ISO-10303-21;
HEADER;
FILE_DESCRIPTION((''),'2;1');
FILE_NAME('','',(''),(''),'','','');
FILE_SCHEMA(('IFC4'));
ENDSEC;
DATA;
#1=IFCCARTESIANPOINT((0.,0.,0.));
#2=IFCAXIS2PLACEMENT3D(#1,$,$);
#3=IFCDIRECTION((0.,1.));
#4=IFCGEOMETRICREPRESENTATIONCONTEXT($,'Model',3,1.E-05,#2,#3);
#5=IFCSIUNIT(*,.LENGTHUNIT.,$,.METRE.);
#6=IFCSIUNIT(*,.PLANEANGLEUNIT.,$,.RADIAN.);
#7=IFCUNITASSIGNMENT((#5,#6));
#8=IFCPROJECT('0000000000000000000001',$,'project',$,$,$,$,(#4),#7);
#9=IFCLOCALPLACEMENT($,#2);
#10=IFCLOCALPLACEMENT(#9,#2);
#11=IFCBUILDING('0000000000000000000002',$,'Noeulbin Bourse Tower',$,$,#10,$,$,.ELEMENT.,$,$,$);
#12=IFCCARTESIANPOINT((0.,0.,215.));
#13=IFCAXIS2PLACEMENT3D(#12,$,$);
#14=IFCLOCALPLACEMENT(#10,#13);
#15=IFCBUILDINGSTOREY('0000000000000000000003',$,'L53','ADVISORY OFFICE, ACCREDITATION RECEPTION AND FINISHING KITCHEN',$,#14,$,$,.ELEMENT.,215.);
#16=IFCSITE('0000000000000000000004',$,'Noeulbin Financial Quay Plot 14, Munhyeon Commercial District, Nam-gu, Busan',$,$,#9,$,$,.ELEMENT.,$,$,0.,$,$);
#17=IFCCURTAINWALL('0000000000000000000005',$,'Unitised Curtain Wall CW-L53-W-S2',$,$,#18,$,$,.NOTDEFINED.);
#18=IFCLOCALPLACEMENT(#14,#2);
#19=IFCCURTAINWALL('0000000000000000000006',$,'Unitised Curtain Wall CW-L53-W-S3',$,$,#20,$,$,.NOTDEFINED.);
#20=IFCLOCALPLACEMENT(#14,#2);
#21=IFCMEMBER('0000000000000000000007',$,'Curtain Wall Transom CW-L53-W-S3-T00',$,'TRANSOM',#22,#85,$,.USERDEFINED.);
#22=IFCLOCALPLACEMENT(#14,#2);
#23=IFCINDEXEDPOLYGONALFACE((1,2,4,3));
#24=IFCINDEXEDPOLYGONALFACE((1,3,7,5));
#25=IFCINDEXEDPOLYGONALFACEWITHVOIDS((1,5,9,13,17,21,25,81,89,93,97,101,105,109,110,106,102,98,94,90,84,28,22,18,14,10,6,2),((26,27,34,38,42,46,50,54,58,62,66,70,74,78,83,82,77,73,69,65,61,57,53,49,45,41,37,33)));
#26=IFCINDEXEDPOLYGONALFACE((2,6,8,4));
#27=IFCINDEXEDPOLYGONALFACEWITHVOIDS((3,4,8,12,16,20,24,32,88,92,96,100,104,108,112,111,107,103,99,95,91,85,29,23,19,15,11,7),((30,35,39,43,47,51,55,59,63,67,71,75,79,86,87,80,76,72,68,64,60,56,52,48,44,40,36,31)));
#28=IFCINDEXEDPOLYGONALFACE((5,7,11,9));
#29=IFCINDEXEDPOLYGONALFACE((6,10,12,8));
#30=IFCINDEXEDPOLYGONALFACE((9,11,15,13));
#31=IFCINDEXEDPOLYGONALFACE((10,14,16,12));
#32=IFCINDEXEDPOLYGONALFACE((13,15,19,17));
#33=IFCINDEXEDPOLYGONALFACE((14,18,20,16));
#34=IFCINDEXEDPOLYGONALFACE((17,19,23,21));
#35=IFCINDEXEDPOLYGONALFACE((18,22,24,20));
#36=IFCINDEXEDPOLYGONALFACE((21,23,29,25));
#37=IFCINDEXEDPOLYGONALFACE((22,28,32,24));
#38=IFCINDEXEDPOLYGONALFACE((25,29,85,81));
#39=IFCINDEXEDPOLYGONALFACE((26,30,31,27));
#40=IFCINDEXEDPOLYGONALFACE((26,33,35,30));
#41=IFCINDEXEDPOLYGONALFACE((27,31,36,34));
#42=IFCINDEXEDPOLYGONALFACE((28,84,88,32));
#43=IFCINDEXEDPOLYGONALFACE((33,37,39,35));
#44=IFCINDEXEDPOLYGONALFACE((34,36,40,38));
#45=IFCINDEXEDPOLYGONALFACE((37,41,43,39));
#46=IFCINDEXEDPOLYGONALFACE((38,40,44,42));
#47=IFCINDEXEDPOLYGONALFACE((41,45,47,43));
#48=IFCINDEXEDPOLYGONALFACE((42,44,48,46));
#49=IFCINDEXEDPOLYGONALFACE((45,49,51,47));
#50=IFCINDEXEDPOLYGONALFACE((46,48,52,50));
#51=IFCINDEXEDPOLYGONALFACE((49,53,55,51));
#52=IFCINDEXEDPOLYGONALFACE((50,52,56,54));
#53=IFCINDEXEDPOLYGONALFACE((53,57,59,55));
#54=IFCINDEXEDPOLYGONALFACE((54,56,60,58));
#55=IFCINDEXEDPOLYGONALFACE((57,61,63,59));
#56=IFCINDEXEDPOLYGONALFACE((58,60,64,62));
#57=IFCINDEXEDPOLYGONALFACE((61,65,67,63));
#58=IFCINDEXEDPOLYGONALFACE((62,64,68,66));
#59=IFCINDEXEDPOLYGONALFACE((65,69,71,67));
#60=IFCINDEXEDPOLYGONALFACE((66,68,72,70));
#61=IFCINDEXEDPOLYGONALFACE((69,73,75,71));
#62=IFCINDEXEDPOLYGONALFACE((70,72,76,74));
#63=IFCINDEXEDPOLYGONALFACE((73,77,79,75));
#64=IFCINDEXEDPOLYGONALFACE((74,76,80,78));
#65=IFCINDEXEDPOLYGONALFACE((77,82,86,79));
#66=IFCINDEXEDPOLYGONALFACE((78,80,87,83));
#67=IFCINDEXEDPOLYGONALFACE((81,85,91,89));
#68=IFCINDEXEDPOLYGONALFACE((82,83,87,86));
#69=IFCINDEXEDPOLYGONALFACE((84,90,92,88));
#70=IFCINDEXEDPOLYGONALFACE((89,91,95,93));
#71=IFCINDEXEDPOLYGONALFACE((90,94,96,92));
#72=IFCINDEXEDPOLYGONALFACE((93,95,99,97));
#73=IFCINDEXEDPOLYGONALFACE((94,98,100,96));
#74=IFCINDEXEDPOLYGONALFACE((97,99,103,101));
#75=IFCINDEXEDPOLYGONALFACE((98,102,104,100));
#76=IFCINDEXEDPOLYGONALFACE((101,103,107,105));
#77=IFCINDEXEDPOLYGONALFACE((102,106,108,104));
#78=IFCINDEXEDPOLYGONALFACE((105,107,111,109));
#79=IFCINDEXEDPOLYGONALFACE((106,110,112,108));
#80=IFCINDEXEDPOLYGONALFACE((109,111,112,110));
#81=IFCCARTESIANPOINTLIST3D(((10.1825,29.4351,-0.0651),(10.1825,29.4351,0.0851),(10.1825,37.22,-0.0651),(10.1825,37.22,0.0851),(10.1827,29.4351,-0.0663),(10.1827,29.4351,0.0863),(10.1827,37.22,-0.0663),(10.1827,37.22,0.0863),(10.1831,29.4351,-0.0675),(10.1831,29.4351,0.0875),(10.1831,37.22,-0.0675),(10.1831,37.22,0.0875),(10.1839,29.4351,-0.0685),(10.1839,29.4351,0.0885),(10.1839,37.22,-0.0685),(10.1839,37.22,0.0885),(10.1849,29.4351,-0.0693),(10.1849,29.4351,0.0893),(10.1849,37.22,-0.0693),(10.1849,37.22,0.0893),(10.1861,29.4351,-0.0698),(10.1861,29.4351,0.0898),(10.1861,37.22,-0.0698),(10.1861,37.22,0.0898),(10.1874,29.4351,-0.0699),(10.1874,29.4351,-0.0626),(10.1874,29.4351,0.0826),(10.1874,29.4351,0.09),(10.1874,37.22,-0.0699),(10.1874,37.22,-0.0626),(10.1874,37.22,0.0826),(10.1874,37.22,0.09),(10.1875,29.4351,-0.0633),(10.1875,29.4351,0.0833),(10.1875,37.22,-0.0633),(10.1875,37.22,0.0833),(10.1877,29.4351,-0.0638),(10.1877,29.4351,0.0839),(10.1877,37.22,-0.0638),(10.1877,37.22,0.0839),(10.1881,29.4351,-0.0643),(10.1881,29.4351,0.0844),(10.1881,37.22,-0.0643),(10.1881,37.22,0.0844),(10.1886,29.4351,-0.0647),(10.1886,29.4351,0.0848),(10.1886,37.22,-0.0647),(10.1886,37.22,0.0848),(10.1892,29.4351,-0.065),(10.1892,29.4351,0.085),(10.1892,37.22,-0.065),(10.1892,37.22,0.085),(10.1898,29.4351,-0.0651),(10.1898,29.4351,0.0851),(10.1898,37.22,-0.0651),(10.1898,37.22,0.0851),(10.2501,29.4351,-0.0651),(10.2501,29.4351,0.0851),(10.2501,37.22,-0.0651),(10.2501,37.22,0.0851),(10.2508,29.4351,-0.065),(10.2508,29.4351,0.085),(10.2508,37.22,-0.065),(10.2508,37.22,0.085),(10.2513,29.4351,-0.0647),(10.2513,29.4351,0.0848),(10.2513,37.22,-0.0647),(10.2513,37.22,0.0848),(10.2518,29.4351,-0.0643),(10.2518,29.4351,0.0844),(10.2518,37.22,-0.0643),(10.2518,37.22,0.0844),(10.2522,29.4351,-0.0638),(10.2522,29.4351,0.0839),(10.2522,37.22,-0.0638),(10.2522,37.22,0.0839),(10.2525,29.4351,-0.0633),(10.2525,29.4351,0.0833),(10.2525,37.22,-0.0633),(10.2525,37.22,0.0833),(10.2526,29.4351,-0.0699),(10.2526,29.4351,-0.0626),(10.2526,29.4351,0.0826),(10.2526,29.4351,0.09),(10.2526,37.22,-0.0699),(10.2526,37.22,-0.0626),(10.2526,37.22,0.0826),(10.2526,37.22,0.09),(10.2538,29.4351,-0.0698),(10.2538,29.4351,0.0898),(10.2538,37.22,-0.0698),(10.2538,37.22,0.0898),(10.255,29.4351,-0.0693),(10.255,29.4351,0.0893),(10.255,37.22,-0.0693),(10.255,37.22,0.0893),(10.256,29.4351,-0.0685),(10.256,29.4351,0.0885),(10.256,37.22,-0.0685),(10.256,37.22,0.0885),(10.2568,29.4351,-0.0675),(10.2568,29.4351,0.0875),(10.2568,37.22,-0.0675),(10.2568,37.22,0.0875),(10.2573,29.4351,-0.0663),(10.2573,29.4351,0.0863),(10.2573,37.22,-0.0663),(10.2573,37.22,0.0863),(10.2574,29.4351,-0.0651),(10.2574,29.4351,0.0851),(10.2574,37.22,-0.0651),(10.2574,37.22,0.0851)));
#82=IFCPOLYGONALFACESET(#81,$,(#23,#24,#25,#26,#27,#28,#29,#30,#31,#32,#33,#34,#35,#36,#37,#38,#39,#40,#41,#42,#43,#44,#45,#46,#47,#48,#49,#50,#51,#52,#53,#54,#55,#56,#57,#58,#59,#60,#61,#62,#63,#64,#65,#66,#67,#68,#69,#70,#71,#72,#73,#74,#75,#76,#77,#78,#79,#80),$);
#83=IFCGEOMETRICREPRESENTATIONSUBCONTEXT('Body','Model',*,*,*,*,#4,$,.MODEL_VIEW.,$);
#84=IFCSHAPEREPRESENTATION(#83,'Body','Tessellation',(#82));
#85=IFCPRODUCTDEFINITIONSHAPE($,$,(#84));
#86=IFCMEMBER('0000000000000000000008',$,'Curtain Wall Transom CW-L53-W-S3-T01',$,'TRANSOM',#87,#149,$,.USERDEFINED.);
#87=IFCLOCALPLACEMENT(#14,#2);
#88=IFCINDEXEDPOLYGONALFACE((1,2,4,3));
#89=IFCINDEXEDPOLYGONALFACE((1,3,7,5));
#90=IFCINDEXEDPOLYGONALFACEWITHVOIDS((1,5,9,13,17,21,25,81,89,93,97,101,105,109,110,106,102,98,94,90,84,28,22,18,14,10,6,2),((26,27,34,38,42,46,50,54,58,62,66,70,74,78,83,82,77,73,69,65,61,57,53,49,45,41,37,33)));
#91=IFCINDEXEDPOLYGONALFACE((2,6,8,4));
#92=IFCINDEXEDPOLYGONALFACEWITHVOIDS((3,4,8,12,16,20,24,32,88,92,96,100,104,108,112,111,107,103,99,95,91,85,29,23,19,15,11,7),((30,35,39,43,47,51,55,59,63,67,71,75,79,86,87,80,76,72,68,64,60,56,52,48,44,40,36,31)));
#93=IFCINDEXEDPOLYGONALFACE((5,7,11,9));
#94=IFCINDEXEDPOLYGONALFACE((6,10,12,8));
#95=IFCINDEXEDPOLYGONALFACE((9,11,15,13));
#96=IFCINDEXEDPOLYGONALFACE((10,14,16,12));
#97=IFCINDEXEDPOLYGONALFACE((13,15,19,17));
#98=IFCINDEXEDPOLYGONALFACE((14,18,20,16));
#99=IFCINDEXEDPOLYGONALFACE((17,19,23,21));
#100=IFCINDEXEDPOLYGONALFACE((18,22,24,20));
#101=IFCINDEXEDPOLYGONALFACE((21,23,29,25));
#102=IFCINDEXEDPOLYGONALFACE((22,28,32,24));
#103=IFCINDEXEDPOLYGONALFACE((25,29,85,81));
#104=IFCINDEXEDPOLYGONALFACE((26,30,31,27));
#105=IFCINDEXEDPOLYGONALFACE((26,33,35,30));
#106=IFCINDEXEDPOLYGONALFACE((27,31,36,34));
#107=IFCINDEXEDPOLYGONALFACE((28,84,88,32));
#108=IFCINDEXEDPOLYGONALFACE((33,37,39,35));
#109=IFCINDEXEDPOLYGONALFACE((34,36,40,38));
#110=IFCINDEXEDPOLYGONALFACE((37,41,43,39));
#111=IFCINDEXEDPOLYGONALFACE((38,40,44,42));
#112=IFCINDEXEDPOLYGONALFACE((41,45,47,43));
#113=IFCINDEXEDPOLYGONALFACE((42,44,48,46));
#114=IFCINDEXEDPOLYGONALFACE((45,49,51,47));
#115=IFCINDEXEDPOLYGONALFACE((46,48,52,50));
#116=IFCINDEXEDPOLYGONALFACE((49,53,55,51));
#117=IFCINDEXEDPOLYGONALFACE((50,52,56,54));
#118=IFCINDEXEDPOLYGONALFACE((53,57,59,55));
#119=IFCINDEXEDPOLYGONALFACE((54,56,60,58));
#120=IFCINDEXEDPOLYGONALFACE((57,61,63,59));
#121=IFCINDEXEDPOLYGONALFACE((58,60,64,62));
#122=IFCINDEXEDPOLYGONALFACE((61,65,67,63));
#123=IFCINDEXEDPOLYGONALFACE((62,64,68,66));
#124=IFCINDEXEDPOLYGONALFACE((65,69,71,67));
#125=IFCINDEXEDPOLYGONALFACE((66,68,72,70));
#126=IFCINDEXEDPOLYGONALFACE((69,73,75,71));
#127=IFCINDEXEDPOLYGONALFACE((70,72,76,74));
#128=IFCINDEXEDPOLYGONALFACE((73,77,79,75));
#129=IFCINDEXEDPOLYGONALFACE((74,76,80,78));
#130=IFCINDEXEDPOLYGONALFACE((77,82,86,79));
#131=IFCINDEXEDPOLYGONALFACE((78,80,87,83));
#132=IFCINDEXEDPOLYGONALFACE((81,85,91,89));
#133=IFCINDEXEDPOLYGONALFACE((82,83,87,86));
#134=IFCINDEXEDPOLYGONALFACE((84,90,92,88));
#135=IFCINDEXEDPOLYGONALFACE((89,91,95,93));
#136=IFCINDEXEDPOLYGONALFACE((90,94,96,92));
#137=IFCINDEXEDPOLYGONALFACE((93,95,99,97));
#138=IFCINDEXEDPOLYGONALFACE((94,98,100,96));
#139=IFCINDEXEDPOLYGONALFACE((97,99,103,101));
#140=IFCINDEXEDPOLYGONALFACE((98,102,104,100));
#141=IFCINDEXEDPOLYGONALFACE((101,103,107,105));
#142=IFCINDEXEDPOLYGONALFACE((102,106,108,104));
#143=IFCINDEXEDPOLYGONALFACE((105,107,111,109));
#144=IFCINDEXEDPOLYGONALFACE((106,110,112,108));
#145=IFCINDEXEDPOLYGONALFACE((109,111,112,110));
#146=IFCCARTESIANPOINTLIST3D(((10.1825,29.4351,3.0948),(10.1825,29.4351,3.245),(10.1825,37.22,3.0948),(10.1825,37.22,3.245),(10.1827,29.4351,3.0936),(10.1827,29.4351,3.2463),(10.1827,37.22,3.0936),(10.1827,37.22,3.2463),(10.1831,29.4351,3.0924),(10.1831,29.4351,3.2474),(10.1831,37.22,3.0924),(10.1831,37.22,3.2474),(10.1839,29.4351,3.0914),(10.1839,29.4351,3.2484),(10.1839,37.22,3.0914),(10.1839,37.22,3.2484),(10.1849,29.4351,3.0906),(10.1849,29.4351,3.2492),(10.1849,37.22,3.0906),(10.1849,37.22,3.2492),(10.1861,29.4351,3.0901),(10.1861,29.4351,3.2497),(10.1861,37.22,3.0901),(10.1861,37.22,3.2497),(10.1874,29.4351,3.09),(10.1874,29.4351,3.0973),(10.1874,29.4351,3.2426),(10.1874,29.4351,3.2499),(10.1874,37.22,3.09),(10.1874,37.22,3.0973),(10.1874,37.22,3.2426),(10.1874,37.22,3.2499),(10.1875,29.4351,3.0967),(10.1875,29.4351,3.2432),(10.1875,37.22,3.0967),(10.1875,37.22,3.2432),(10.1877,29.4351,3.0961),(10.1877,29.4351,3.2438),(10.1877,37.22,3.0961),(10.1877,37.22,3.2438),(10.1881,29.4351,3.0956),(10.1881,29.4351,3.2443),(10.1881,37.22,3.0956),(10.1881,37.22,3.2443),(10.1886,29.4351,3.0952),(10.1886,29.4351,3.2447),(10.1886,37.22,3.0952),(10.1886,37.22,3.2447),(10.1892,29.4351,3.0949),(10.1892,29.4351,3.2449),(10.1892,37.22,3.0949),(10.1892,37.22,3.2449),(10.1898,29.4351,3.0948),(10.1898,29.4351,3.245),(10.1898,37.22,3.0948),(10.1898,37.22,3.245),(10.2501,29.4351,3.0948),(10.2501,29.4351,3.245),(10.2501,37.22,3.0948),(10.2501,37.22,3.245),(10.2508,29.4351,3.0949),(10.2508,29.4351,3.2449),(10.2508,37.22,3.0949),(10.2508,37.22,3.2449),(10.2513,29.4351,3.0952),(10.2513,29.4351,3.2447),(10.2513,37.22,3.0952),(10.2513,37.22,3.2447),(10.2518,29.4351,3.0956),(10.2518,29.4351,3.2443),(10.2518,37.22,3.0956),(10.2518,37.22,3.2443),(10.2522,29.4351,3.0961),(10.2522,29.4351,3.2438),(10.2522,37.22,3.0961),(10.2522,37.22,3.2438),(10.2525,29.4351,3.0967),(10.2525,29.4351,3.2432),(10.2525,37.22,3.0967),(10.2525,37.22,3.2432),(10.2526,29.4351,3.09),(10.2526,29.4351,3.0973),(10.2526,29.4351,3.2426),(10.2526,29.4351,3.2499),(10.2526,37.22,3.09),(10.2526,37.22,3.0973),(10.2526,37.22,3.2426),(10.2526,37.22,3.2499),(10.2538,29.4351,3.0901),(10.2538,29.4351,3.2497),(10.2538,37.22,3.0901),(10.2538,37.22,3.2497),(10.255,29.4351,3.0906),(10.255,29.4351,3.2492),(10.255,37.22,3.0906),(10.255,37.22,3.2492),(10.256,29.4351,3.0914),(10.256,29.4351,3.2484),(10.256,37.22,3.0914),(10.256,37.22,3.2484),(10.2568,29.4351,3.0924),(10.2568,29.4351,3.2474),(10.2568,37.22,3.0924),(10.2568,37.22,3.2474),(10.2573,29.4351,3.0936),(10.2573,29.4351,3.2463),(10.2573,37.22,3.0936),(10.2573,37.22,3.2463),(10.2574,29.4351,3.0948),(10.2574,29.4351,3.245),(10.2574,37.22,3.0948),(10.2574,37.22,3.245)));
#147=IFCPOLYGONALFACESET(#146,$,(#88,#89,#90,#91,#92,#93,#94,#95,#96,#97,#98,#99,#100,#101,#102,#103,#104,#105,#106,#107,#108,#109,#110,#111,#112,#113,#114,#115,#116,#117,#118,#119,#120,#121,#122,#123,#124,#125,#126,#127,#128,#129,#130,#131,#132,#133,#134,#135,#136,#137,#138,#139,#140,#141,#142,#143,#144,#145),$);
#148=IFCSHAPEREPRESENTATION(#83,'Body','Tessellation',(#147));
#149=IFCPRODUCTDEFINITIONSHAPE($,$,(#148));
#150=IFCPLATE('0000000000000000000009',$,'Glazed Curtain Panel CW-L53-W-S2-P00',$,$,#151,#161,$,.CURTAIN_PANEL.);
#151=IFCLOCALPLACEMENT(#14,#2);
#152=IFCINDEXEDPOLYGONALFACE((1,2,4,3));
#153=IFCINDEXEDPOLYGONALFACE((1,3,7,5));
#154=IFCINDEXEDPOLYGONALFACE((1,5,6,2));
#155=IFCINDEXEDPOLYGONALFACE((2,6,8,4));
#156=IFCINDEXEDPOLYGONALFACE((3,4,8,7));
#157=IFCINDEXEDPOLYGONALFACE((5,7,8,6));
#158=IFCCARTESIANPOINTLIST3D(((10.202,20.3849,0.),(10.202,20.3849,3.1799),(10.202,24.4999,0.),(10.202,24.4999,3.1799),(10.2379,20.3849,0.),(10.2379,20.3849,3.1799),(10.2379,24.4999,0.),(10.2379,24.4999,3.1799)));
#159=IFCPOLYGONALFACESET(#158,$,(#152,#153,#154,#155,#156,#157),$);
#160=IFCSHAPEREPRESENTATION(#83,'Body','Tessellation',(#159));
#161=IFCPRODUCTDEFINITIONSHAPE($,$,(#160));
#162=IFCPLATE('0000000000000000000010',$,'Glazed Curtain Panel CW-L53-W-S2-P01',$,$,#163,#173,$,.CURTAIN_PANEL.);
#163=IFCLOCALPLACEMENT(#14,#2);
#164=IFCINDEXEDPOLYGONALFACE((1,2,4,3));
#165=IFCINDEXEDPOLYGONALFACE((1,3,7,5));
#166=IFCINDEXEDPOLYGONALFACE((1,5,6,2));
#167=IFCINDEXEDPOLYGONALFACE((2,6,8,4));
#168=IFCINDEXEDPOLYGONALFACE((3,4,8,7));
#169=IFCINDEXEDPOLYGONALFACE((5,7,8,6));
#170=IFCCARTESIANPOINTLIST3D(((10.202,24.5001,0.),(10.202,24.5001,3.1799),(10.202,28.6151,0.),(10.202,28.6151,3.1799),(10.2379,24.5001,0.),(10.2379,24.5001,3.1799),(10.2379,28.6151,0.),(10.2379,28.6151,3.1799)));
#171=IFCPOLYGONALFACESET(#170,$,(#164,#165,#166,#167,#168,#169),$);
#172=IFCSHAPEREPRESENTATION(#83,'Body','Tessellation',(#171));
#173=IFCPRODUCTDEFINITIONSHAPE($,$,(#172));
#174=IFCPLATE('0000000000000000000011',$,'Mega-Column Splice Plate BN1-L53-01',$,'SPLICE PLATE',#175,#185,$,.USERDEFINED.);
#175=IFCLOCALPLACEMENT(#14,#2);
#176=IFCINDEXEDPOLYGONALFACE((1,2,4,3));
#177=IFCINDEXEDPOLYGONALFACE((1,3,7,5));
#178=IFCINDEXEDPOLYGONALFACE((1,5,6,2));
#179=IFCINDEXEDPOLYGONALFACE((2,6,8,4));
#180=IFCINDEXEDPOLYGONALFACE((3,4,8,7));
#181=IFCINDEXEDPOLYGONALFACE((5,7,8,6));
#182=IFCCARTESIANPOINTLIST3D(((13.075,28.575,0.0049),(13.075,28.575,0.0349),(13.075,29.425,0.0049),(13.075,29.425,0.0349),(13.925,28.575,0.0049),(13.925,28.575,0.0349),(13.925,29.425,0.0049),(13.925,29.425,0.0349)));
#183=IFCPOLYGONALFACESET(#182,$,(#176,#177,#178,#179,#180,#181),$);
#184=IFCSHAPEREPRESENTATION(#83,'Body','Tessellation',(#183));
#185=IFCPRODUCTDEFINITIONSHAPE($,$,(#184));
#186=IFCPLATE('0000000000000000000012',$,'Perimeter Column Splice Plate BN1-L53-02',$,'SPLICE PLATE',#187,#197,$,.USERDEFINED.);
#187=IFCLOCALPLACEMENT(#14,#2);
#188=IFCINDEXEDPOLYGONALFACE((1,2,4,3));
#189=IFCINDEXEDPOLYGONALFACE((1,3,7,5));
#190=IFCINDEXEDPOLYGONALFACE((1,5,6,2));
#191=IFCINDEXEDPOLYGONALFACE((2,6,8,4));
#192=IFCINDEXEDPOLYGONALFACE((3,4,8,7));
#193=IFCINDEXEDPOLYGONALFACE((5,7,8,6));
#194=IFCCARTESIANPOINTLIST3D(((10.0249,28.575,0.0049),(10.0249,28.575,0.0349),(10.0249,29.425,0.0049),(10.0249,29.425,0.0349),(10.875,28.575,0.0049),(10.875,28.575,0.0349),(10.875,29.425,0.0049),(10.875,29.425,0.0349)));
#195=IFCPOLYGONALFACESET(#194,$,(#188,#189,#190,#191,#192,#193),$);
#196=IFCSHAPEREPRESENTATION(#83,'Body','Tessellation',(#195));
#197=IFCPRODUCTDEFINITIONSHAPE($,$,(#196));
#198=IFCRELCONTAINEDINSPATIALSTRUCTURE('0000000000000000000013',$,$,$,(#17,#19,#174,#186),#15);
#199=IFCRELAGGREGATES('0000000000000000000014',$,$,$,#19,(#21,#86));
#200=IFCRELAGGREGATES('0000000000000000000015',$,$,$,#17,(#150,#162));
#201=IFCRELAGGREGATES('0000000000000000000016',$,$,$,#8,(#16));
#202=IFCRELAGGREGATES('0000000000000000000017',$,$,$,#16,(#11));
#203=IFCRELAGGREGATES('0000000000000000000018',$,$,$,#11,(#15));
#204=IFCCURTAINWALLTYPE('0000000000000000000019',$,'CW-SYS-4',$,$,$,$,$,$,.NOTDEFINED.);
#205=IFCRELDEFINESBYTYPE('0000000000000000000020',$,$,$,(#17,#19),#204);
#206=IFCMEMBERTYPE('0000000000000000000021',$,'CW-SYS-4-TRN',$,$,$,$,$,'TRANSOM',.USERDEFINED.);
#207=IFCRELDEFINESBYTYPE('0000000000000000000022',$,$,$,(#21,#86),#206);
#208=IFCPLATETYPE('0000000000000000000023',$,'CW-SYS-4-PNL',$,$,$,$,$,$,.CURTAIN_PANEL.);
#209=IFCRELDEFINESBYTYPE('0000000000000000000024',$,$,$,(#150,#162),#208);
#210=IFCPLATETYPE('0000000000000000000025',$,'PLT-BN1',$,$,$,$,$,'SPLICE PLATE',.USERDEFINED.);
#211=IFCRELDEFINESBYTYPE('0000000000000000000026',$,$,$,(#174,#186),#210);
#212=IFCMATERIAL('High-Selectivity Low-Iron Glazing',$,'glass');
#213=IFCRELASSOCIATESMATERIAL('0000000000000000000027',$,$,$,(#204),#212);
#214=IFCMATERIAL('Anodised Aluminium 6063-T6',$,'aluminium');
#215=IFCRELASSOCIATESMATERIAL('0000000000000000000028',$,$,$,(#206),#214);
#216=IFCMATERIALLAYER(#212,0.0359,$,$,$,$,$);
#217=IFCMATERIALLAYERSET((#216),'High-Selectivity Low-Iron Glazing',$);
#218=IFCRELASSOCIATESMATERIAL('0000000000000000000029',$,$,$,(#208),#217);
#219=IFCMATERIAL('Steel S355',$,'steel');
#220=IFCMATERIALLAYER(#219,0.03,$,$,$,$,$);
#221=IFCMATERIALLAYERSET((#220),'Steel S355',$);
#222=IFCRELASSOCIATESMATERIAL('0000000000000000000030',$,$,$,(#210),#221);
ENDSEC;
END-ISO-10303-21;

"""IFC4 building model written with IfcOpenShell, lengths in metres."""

from ifc_helpers import new_model, si_unit, direction, frame, origin, origin_2d, place, context, subcontext, project, spatial, rectangle, hollow_rectangle, extrude, material, layer, layer_set, material_profile, profile_set, type_object, element, aggregate, save


model = new_model("IFC4")

# Units and contexts
model_context = context("Model", 3, precision=1e-05, world=origin(), true_north=direction((0.0, 1.0)))
body_context = subcontext(model_context, "Body", "Model", "MODEL_VIEW")
ifc_project = project(units=[si_unit("LENGTHUNIT", "METRE"), si_unit("PLANEANGLEUNIT", "RADIAN")], contexts=[model_context])

# Site, building, storey
site_placement = place(None, origin())
site = spatial("IfcSite", under=ifc_project, at=site_placement, Name="Noeulbin Financial Quay Plot 14, Munhyeon Commercial District, Nam-gu, Busan", CompositionType="ELEMENT", RefElevation=0.0)
building_placement = place(site_placement, origin())
building = spatial("IfcBuilding", under=site, at=building_placement, Name="Noeulbin Bourse Tower", CompositionType="ELEMENT")
storey_placement = place(building_placement, frame((0.0, 0.0, 215.0)))
storey = spatial("IfcBuildingStorey", under=building, at=storey_placement, Name="L53", Description="ADVISORY OFFICE, ACCREDITATION RECEPTION AND FINISHING KITCHEN", CompositionType="ELEMENT", Elevation=215.0)

# Shared definitions
ifc_material_1 = material(Name="Steel S355", Category="steel")

# Curtain wall
ifc_material_2 = material(Name="High-Selectivity Low-Iron Glazing", Category="glass")
curtain_wall_type = type_object("IfcCurtainWallType", Name="CW-SYS-4", PredefinedType="NOTDEFINED", material=ifc_material_2)
curtain_wall_1_placement = place(storey_placement, origin())
curtain_wall_1 = element("IfcCurtainWall", 1, at=curtain_wall_1_placement, inside=storey, type_object=curtain_wall_type, Name="Unitised Curtain Wall CW-L53-W-S2", PredefinedType="NOTDEFINED")
ifc_material_3 = material(Name="Anodised Aluminium 6063-T6", Category="aluminium")

# Curtain wall
curtain_wall_2_placement = place(storey_placement, origin())
curtain_wall_2 = element("IfcCurtainWall", 2, at=curtain_wall_2_placement, inside=storey, type_object=curtain_wall_type, Name="Unitised Curtain Wall CW-L53-W-S3", PredefinedType="NOTDEFINED")

# Members
ifc_material_profile_1 = material_profile(ifc_material_3, hollow_rectangle(XDim=0.075, YDim=0.1599, WallThickness=0.0049, InnerFilletRadius=0.0024, OuterFilletRadius=0.0049, at=origin_2d()), Name="ALU-TRAN-75x160x5", Category="LoadBearing")
ifc_profile_set_1 = profile_set([ifc_material_profile_1], Name="Anodised Aluminium 6063-T6")
member_type_1 = type_object("IfcMemberType", Name="CW-SYS-4-TRN", ElementType="TRANSOM", PredefinedType="USERDEFINED", material=ifc_profile_set_1)
member_1_placement = place(storey_placement, frame((10.22, 29.4351, 0.01), z_axis=(0.0, 1.0, 0.0), x_axis=(-1.0, 0.0, 0.0)))
member_1 = element("IfcMember", 3, at=member_1_placement, type_object=member_type_1, Name="Curtain Wall Transom CW-L53-W-S3-T00", ObjectType="TRANSOM", PredefinedType="USERDEFINED", context=body_context, shape_type="SweptSolid", body=[
    extrude(hollow_rectangle(XDim=0.075, YDim=0.1599, WallThickness=0.0049, InnerFilletRadius=0.0024, OuterFilletRadius=0.0049, at=origin_2d()), origin(), (0.0, 0.0, 1.0), 7.7849),
])
member_2_placement = place(storey_placement, frame((10.22, 29.4351, 3.1699), z_axis=(0.0, 1.0, 0.0), x_axis=(-1.0, 0.0, 0.0)))
member_2 = element("IfcMember", 4, at=member_2_placement, type_object=member_type_1, Name="Curtain Wall Transom CW-L53-W-S3-T01", ObjectType="TRANSOM", PredefinedType="USERDEFINED", context=body_context, shape_type="SweptSolid", body=[
    extrude(hollow_rectangle(XDim=0.075, YDim=0.1599, WallThickness=0.0049, InnerFilletRadius=0.0024, OuterFilletRadius=0.0049, at=origin_2d()), origin(), (0.0, 0.0, 1.0), 7.7849),
])
aggregate(curtain_wall_2, [member_1, member_2])

# Plates
ifc_layer_1 = layer(ifc_material_2, 0.0359)
ifc_layer_set_1 = layer_set([ifc_layer_1], Name="High-Selectivity Low-Iron Glazing")
plate_type_1 = type_object("IfcPlateType", Name="CW-SYS-4-PNL", PredefinedType="CURTAIN_PANEL", material=ifc_layer_set_1)
plate_1_placement = place(storey_placement, frame((10.22, 22.4424, 0.0), z_axis=(0.0, 0.0, 1.0), x_axis=(0.0, 1.0, 0.0)))
plate_1 = element("IfcPlate", 5, at=plate_1_placement, type_object=plate_type_1, Name="Glazed Curtain Panel CW-L53-W-S2-P00", PredefinedType="CURTAIN_PANEL", context=body_context, shape_type="SweptSolid", body=[
    extrude(rectangle(XDim=4.115, YDim=0.0359, at=origin_2d()), origin(), (0.0, 0.0, 1.0), 3.1799),
])
plate_2_placement = place(storey_placement, frame((10.22, 26.5576, 0.0), z_axis=(0.0, 0.0, 1.0), x_axis=(0.0, 1.0, 0.0)))
plate_2 = element("IfcPlate", 6, at=plate_2_placement, type_object=plate_type_1, Name="Glazed Curtain Panel CW-L53-W-S2-P01", PredefinedType="CURTAIN_PANEL", context=body_context, shape_type="SweptSolid", body=[
    extrude(rectangle(XDim=4.115, YDim=0.0359, at=origin_2d()), origin(), (0.0, 0.0, 1.0), 3.1799),
])
aggregate(curtain_wall_1, [plate_1, plate_2])

# Plates
ifc_layer_2 = layer(ifc_material_1, 0.03)
ifc_layer_set_2 = layer_set([ifc_layer_2], Name="Steel S355")
plate_type_2 = type_object("IfcPlateType", Name="PLT-BN1", ElementType="SPLICE PLATE", PredefinedType="USERDEFINED", material=ifc_layer_set_2)
for number, where, z_axis, x_axis, name in (
    (7, (13.5, 29.0, 0.0049), (0.0, 0.0, 1.0), (1.0, 0.0, 0.0), "Mega-Column Splice Plate BN1-L53-01"),
    (8, (10.45, 29.0, 0.0049), (0.0, 0.0, 1.0), (1.0, 0.0, 0.0), "Perimeter Column Splice Plate BN1-L53-02"),
):
    element("IfcPlate", number, at=place(storey_placement, frame(where, z_axis=z_axis, x_axis=x_axis)), inside=storey, type_object=plate_type_2, Name=name, ObjectType="SPLICE PLATE", PredefinedType="USERDEFINED", context=body_context, shape_type="SweptSolid", body=[
        extrude(rectangle(XDim=0.8501, YDim=0.8501, at=origin_2d()), origin(), (0.0, 0.0, 1.0), 0.03),
    ])

save(model, "model.ifc")
